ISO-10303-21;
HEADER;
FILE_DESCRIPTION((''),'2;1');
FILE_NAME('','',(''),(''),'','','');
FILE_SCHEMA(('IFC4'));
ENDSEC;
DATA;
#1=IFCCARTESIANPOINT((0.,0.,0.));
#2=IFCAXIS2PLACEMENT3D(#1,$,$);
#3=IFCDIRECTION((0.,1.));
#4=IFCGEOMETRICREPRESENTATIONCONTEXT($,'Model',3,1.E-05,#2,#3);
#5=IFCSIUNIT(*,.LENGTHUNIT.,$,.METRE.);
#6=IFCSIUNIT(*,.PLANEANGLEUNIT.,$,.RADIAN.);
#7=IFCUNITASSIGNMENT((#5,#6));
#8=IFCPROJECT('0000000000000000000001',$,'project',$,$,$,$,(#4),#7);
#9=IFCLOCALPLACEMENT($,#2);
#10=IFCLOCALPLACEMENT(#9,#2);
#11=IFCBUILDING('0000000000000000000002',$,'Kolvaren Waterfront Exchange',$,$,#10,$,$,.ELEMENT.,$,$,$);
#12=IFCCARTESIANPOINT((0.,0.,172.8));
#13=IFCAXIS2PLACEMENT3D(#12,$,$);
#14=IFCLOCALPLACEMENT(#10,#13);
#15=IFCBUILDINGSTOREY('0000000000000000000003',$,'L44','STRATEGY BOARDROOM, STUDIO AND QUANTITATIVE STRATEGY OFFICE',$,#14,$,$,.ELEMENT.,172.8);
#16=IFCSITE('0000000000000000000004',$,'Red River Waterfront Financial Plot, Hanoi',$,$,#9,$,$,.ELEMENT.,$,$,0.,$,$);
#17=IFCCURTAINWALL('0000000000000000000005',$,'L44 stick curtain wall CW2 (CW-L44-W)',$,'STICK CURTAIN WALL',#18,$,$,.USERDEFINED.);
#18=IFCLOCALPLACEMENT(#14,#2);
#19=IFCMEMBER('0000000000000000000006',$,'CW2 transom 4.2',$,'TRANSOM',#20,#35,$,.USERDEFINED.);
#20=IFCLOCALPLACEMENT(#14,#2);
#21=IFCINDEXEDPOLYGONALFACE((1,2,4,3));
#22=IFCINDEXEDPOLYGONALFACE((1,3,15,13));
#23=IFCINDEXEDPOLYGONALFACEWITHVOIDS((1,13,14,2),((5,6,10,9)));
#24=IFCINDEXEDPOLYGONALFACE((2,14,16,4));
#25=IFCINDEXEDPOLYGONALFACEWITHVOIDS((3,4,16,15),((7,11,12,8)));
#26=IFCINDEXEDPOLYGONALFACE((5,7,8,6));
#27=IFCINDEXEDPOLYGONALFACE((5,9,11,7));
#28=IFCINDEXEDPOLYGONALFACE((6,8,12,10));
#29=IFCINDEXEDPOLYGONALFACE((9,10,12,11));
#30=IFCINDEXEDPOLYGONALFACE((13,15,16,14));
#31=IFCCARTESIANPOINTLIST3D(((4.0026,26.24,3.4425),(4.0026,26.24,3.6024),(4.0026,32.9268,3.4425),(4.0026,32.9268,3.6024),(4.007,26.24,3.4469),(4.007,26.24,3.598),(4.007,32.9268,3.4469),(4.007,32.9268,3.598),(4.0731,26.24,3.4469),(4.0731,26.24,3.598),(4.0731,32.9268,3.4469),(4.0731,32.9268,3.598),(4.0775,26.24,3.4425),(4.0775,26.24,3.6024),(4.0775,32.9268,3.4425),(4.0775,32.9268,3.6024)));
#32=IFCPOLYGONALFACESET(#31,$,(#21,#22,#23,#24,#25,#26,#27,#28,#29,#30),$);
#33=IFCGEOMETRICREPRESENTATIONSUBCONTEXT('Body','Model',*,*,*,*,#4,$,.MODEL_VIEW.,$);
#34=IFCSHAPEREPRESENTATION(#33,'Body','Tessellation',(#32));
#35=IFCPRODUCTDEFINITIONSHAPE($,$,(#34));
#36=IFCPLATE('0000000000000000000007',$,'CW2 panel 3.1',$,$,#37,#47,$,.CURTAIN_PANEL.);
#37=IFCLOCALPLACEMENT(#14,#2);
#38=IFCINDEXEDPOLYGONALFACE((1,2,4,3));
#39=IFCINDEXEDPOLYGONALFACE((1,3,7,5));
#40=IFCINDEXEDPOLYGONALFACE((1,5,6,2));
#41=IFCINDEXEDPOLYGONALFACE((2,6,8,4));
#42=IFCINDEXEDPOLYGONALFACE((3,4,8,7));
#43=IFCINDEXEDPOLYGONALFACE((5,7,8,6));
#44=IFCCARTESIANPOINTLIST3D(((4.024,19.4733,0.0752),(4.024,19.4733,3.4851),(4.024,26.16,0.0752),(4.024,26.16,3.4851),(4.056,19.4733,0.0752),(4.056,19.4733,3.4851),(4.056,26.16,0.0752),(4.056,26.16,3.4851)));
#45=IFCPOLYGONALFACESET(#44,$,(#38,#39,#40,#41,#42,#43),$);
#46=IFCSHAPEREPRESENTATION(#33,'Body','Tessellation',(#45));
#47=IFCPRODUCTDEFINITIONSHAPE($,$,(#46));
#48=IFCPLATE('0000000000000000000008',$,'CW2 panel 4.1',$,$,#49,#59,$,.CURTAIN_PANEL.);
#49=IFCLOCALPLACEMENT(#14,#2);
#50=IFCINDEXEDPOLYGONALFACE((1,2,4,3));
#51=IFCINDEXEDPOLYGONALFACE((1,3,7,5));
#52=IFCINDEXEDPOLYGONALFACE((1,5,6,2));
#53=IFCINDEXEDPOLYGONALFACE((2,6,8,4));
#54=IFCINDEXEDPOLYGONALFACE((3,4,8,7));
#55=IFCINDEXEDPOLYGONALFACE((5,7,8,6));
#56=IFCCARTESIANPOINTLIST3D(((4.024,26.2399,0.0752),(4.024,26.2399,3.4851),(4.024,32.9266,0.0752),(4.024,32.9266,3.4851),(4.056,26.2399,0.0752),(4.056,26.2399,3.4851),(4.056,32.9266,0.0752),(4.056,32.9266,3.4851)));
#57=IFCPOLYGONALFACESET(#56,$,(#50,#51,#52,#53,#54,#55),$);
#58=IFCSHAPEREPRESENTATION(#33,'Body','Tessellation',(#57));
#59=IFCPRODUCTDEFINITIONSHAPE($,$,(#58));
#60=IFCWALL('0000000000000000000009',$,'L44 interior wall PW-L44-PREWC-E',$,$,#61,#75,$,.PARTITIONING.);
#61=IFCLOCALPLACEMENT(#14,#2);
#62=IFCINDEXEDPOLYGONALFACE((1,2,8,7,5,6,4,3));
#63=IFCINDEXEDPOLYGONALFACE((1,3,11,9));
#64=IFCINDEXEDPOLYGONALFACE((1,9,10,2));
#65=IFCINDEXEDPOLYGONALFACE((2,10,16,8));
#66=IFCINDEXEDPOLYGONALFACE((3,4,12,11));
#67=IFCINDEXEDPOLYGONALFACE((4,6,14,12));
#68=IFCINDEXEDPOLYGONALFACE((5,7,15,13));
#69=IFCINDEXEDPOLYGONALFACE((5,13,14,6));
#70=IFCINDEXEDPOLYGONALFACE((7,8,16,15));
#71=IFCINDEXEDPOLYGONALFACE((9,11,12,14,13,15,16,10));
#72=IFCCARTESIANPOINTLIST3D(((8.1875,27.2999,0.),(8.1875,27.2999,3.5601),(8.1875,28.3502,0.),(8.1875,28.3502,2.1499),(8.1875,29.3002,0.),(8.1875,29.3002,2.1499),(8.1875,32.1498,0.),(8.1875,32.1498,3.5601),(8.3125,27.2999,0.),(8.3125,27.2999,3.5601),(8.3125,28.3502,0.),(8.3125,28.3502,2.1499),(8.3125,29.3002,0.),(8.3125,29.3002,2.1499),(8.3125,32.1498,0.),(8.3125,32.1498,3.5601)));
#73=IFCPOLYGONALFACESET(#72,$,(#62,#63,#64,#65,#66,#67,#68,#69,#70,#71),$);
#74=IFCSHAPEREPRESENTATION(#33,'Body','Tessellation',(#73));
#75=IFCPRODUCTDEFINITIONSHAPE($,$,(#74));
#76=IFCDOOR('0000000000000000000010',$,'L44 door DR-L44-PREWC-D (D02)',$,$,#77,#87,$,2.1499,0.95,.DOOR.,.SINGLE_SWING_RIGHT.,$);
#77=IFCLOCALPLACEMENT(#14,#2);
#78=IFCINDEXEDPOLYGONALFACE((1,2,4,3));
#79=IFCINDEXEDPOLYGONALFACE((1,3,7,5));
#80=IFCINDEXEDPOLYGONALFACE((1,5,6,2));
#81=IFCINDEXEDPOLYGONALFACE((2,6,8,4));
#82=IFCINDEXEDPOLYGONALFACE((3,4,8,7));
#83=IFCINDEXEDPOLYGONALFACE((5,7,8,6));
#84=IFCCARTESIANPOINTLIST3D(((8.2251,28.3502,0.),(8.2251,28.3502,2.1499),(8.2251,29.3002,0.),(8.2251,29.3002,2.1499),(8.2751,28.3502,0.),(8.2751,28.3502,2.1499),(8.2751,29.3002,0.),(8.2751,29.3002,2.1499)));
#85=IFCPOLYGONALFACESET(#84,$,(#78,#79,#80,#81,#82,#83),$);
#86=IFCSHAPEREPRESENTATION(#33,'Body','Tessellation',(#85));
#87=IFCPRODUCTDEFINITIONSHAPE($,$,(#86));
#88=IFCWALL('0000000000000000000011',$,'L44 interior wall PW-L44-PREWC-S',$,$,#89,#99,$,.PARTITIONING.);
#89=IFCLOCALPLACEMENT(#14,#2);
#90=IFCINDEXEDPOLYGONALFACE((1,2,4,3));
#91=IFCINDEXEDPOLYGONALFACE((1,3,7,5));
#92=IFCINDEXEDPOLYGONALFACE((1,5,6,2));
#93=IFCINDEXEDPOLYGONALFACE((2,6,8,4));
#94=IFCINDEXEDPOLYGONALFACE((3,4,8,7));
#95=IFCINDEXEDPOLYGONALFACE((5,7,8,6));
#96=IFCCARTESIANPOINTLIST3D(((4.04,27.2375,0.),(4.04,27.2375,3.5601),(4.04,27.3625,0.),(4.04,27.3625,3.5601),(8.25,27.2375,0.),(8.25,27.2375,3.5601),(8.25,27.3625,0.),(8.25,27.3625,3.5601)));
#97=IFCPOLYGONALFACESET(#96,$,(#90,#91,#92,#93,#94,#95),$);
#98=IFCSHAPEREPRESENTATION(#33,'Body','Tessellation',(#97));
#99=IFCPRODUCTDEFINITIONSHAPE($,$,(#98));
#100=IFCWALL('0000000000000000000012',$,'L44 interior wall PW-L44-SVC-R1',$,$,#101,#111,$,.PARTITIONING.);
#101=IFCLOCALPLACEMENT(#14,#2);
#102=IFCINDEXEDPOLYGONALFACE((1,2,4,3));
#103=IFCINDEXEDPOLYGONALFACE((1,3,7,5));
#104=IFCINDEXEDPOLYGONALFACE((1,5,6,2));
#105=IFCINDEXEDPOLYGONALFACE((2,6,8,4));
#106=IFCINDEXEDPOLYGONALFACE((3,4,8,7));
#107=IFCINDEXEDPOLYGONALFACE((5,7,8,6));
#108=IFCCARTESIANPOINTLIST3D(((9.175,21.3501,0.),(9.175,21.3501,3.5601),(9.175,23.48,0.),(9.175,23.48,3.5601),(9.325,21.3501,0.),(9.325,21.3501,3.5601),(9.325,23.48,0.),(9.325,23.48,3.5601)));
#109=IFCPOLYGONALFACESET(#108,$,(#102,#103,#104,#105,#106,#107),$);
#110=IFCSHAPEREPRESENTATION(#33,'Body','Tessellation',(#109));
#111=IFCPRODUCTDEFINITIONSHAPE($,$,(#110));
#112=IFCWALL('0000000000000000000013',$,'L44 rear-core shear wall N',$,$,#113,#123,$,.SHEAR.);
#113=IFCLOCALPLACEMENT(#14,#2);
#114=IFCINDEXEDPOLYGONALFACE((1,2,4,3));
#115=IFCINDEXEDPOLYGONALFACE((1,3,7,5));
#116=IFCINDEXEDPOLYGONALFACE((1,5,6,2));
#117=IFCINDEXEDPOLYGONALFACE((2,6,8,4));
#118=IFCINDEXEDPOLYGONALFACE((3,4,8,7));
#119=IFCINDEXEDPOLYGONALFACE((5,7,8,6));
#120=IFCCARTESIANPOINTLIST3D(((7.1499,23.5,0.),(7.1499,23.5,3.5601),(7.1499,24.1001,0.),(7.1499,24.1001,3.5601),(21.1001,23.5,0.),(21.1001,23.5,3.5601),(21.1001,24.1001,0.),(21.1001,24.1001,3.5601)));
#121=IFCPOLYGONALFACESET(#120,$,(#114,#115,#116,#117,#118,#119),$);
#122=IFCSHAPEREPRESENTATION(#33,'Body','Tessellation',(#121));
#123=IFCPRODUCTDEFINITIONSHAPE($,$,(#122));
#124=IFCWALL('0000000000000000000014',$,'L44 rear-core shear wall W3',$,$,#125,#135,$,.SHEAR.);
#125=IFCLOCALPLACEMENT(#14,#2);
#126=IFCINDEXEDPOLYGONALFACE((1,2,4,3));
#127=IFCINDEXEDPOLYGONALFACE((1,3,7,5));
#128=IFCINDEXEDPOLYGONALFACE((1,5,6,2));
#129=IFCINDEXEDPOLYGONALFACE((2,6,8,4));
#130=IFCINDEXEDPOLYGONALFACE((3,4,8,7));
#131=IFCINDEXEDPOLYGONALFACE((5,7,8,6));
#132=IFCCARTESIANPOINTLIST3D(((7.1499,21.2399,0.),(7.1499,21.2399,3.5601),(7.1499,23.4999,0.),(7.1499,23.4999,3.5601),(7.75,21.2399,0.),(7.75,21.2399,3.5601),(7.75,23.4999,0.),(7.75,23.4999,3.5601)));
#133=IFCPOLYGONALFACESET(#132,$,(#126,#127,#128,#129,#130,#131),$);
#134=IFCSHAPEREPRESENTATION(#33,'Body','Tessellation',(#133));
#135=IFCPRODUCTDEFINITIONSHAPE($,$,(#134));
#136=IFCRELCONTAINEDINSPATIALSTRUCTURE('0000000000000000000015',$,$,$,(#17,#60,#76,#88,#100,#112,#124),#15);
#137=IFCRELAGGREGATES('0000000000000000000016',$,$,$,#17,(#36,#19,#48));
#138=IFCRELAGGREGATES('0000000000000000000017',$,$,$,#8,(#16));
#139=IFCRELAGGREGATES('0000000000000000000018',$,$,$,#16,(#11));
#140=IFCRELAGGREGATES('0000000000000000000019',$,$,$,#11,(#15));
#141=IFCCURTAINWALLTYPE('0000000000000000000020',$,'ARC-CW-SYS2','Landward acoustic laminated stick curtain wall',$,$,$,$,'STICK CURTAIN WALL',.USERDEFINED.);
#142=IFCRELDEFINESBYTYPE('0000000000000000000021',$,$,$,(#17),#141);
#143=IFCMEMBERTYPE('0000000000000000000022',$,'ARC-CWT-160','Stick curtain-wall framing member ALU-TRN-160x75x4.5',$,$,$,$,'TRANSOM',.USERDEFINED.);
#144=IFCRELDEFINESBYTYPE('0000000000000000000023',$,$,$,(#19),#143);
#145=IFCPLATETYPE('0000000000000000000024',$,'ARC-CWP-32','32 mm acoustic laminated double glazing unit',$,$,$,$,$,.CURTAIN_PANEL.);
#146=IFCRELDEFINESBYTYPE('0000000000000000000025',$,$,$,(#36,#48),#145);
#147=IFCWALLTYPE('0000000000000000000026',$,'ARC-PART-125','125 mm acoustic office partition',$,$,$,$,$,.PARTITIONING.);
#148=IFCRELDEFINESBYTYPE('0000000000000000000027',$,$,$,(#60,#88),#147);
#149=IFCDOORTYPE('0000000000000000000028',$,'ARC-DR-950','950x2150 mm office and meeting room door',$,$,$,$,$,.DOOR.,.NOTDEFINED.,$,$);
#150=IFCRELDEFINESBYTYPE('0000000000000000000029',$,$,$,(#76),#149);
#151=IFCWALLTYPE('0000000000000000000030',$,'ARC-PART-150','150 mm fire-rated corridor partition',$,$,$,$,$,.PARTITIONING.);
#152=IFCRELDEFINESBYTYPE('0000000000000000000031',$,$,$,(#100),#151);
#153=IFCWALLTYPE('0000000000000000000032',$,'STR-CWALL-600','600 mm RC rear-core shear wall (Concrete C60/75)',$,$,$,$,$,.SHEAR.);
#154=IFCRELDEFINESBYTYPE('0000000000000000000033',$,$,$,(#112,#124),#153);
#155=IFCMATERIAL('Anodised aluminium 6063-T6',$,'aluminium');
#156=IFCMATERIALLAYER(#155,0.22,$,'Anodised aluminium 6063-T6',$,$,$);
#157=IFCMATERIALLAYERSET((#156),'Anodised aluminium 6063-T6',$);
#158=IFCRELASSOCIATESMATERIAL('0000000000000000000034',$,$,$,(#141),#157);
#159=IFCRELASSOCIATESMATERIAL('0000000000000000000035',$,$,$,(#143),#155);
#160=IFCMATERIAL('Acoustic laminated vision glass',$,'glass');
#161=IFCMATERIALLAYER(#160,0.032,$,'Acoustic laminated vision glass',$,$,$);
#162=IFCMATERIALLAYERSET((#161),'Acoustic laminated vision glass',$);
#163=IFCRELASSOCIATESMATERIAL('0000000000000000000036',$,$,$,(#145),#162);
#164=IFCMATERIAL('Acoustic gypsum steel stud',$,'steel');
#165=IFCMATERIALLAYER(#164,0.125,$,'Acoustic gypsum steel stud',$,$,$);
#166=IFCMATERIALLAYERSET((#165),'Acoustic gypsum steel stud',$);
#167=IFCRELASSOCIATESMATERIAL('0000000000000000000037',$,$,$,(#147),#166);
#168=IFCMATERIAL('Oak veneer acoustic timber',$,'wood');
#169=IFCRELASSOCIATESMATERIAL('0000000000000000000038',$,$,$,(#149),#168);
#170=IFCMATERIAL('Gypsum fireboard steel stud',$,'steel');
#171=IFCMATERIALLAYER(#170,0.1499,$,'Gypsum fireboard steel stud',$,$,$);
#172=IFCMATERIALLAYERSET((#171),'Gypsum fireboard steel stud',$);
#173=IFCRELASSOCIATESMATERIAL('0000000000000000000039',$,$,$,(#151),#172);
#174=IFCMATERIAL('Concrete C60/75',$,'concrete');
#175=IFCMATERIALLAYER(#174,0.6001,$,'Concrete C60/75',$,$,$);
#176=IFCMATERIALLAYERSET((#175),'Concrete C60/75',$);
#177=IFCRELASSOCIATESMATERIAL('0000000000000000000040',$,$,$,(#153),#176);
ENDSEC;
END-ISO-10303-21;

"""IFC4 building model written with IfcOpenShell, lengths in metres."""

from ifc_helpers import new_model, si_unit, direction, frame, frame_2d, origin, origin_with_axes, origin_2d, place, context, subcontext, project, spatial, rectangle, hollow_rectangle, extrude, source, transform, mapped, material, layer, layer_set, material_profile, profile_set, type_object, element, fill, aggregate, save


model = new_model("IFC4")

# Units and contexts
model_context = context("Model", 3, precision=1e-05, world=origin(), true_north=direction((0.0, 1.0)))
body_context = subcontext(model_context, "Body", "Model", "MODEL_VIEW")
ifc_project = project(units=[si_unit("LENGTHUNIT", "METRE"), si_unit("PLANEANGLEUNIT", "RADIAN")], contexts=[model_context])

# Site, building, storey
site_placement = place(None, origin())
site = spatial("IfcSite", under=ifc_project, at=site_placement, Name="Red River Waterfront Financial Plot, Hanoi", CompositionType="ELEMENT", RefElevation=0.0)
building_placement = place(site_placement, origin())
building = spatial("IfcBuilding", under=site, at=building_placement, Name="Kolvaren Waterfront Exchange", CompositionType="ELEMENT")
storey_placement = place(building_placement, frame((0.0, 0.0, 172.8)))
storey = spatial("IfcBuildingStorey", under=building, at=storey_placement, Name="L44", Description="STRATEGY BOARDROOM, STUDIO AND QUANTITATIVE STRATEGY OFFICE", CompositionType="ELEMENT", Elevation=172.8)

# Shared definitions
ifc_material_1 = material(Name="Concrete C60/75", Category="concrete")

# Curtain wall, member, plates
ifc_material_2 = material(Name="Anodised aluminium 6063-T6", Category="aluminium")
ifc_layer_1 = layer(ifc_material_2, 0.22, Name="Anodised aluminium 6063-T6")
ifc_layer_set_1 = layer_set([ifc_layer_1], Name="Anodised aluminium 6063-T6")
curtain_wall_type = type_object("IfcCurtainWallType", Name="ARC-CW-SYS2", Description="Landward acoustic laminated stick curtain wall", ElementType="STICK CURTAIN WALL", PredefinedType="USERDEFINED", material=ifc_layer_set_1)
curtain_wall_placement = place(storey_placement, origin())
curtain_wall = element("IfcCurtainWall", 1, at=curtain_wall_placement, inside=storey, type_object=curtain_wall_type, Name="L44 stick curtain wall CW2 (CW-L44-W)", ObjectType="STICK CURTAIN WALL", PredefinedType="USERDEFINED")
ifc_material_profile_1 = material_profile(ifc_material_2, hollow_rectangle(XDim=0.075, YDim=0.1599, WallThickness=0.0044, at=origin_2d()), Name="ALU-TRN-160x75x4.5")
ifc_profile_set_1 = profile_set([ifc_material_profile_1], Name="Anodised aluminium 6063-T6")
member_type_1 = type_object("IfcMemberType", Name="ARC-CWT-160", Description="Stick curtain-wall framing member ALU-TRN-160x75x4.5", ElementType="TRANSOM", PredefinedType="USERDEFINED", material=ifc_profile_set_1)
shared_shape_1 = source(origin_with_axes(), body_context, "Body", "SweptSolid", [
    extrude(hollow_rectangle(XDim=0.075, YDim=0.1599, WallThickness=0.0044, at=origin_2d()), origin(), (0.0, 0.0, 1.0), 6.6868),
])
member_1_placement = place(storey_placement, frame((4.04, 26.24, 3.5225), z_axis=(0.0, 1.0, 0.0), x_axis=(-1.0, 0.0, 0.0)))
member_1 = element("IfcMember", 2, at=member_1_placement, type_object=member_type_1, Name="CW2 transom 4.2", ObjectType="TRANSOM", PredefinedType="USERDEFINED", context=body_context, shape_type="MappedRepresentation", body=[
    mapped(shared_shape_1, transform((0.0, 0.0, 0.0), x_axis=(1.0, 0.0, 0.0), y_axis=(0.0, 1.0, 0.0), z_axis=(0.0, 0.0, 1.0), scale=1.0)),
])
ifc_material_3 = material(Name="Acoustic laminated vision glass", Category="glass")
ifc_layer_2 = layer(ifc_material_3, 0.032, Name="Acoustic laminated vision glass")
ifc_layer_set_2 = layer_set([ifc_layer_2], Name="Acoustic laminated vision glass")
plate_type = type_object("IfcPlateType", Name="ARC-CWP-32", Description="32 mm acoustic laminated double glazing unit", PredefinedType="CURTAIN_PANEL", material=ifc_layer_set_2)
shared_shape_2 = source(origin_with_axes(), body_context, "Body", "SweptSolid", [
    extrude(rectangle(XDim=6.6868, YDim=0.032, at=origin_2d()), origin(), (0.0, 0.0, 1.0), 3.4099),
])
plate_1_placement = place(storey_placement, frame((4.04, 22.8167, 0.0752), z_axis=(0.0, 0.0, 1.0), x_axis=(0.0, 1.0, 0.0)))
plate_1 = element("IfcPlate", 3, at=plate_1_placement, type_object=plate_type, Name="CW2 panel 3.1", PredefinedType="CURTAIN_PANEL", context=body_context, shape_type="MappedRepresentation", body=[
    mapped(shared_shape_2, transform((0.0, 0.0, 0.0), x_axis=(1.0, 0.0, 0.0), y_axis=(0.0, 1.0, 0.0), z_axis=(0.0, 0.0, 1.0), scale=1.0)),
])
plate_2_placement = place(storey_placement, frame((4.04, 29.5833, 0.0752), z_axis=(0.0, 0.0, 1.0), x_axis=(0.0, 1.0, 0.0)))
plate_2 = element("IfcPlate", 4, at=plate_2_placement, type_object=plate_type, Name="CW2 panel 4.1", PredefinedType="CURTAIN_PANEL", context=body_context, shape_type="MappedRepresentation", body=[
    mapped(shared_shape_2, transform((0.0, 0.0, 0.0), x_axis=(1.0, 0.0, 0.0), y_axis=(0.0, 1.0, 0.0), z_axis=(0.0, 0.0, 1.0), scale=1.0)),
])
aggregate(curtain_wall, [plate_1, member_1, plate_2])

# Shared definitions
ifc_material_4 = material(Name="Acoustic gypsum steel stud", Category="steel")
ifc_layer_3 = layer(ifc_material_4, 0.125, Name="Acoustic gypsum steel stud")
ifc_layer_set_3 = layer_set([ifc_layer_3], Name="Acoustic gypsum steel stud")
wall_type_1 = type_object("IfcWallType", Name="ARC-PART-125", Description="125 mm acoustic office partition", PredefinedType="PARTITIONING", material=ifc_layer_set_3)

# Wall, opening, door
wall_1_placement = place(storey_placement, frame((8.25, 27.3, 0.0), z_axis=(0.0, 0.0, 1.0), x_axis=(0.0, 1.0, 0.0)))
wall_1 = element("IfcWall", 5, at=wall_1_placement, inside=storey, type_object=wall_type_1, Name="L44 interior wall PW-L44-PREWC-E", PredefinedType="PARTITIONING", context=body_context, shape_type="SweptSolid", body=[
    extrude(rectangle(XDim=4.8499, YDim=0.125, at=frame_2d((2.4248, 0.0))), origin(), (0.0, 0.0, 1.0), 3.5601),
])
opening_1_placement = place(wall_1_placement, frame((1.05, 0.0, 0.0)))
opening_1 = element("IfcOpeningElement", 6, at=opening_1_placement, cuts=wall_1, PredefinedType="OPENING", context=body_context, shape_type="SweptSolid", body=[
    extrude(rectangle(XDim=0.95, YDim=2.1499, at=frame_2d((0.4751, 1.075))), frame((0.0, 0.0725, 0.0), z_axis=(0.0, -1.0, 0.0), x_axis=(1.0, 0.0, 0.0)), (0.0, 0.0, 1.0), 0.145),
])
ifc_material_5 = material(Name="Oak veneer acoustic timber", Category="wood")
door_type_1 = type_object("IfcDoorType", Name="ARC-DR-950", Description="950x2150 mm office and meeting room door", OperationType="NOTDEFINED", PredefinedType="DOOR", material=ifc_material_5)
door_1_placement = place(opening_1_placement, origin())
door_1 = element("IfcDoor", 7, at=door_1_placement, inside=storey, type_object=door_type_1, Name="L44 door DR-L44-PREWC-D (D02)", OperationType="SINGLE_SWING_RIGHT", OverallHeight=2.1499, OverallWidth=0.95, PredefinedType="DOOR", context=body_context, shape_type="SweptSolid", body=[
    extrude(rectangle(XDim=0.95, YDim=2.1499, at=frame_2d((0.4751, 1.075))), frame((0.0, 0.0249, 0.0), z_axis=(0.0, -1.0, 0.0), x_axis=(1.0, 0.0, 0.0)), (0.0, 0.0, 1.0), 0.05),
])
fill(opening_1, door_1)

# Walls
wall_2_placement = place(storey_placement, frame((4.04, 27.3, 0.0), z_axis=(0.0, 0.0, 1.0), x_axis=(1.0, 0.0, 0.0)))
element("IfcWall", 8, at=wall_2_placement, inside=storey, type_object=wall_type_1, Name="L44 interior wall PW-L44-PREWC-S", PredefinedType="PARTITIONING", context=body_context, shape_type="SweptSolid", body=[
    extrude(rectangle(XDim=4.21, YDim=0.125, at=frame_2d((2.105, 0.0))), origin(), (0.0, 0.0, 1.0), 3.5601),
])
ifc_material_6 = material(Name="Gypsum fireboard steel stud", Category="steel")
ifc_layer_4 = layer(ifc_material_6, 0.1499, Name="Gypsum fireboard steel stud")
ifc_layer_set_4 = layer_set([ifc_layer_4], Name="Gypsum fireboard steel stud")
wall_type_2 = type_object("IfcWallType", Name="ARC-PART-150", Description="150 mm fire-rated corridor partition", PredefinedType="PARTITIONING", material=ifc_layer_set_4)
wall_3_placement = place(storey_placement, frame((9.25, 21.3501, 0.0), z_axis=(0.0, 0.0, 1.0), x_axis=(0.0, 1.0, 0.0)))
element("IfcWall", 9, at=wall_3_placement, inside=storey, type_object=wall_type_2, Name="L44 interior wall PW-L44-SVC-R1", PredefinedType="PARTITIONING", context=body_context, shape_type="SweptSolid", body=[
    extrude(rectangle(XDim=2.1299, YDim=0.1499, at=frame_2d((1.0649, 0.0))), origin(), (0.0, 0.0, 1.0), 3.5601),
])

# Walls
ifc_layer_5 = layer(ifc_material_1, 0.6001, Name="Concrete C60/75")
ifc_layer_set_5 = layer_set([ifc_layer_5], Name="Concrete C60/75")
wall_type_3 = type_object("IfcWallType", Name="STR-CWALL-600", Description="600 mm RC rear-core shear wall (Concrete C60/75)", PredefinedType="SHEAR", material=ifc_layer_set_5)
wall_4_placement = place(storey_placement, frame((7.1499, 23.8, 0.0), z_axis=(0.0, 0.0, 1.0), x_axis=(1.0, 0.0, 0.0)))
element("IfcWall", 10, at=wall_4_placement, inside=storey, type_object=wall_type_3, Name="L44 rear-core shear wall N", PredefinedType="SHEAR", context=body_context, shape_type="SweptSolid", body=[
    extrude(rectangle(XDim=13.9502, YDim=0.6001, at=frame_2d((6.9751, 0.0))), origin(), (0.0, 0.0, 1.0), 3.5601),
])
wall_5_placement = place(storey_placement, frame((7.45, 21.24, 0.0), z_axis=(0.0, 0.0, 1.0), x_axis=(0.0, 1.0, 0.0)))
element("IfcWall", 11, at=wall_5_placement, inside=storey, type_object=wall_type_3, Name="L44 rear-core shear wall W3", PredefinedType="SHEAR", context=body_context, shape_type="SweptSolid", body=[
    extrude(rectangle(XDim=2.26, YDim=0.6001, at=frame_2d((1.1299, 0.0))), origin(), (0.0, 0.0, 1.0), 3.5601),
])

save(model, "model.ifc")
